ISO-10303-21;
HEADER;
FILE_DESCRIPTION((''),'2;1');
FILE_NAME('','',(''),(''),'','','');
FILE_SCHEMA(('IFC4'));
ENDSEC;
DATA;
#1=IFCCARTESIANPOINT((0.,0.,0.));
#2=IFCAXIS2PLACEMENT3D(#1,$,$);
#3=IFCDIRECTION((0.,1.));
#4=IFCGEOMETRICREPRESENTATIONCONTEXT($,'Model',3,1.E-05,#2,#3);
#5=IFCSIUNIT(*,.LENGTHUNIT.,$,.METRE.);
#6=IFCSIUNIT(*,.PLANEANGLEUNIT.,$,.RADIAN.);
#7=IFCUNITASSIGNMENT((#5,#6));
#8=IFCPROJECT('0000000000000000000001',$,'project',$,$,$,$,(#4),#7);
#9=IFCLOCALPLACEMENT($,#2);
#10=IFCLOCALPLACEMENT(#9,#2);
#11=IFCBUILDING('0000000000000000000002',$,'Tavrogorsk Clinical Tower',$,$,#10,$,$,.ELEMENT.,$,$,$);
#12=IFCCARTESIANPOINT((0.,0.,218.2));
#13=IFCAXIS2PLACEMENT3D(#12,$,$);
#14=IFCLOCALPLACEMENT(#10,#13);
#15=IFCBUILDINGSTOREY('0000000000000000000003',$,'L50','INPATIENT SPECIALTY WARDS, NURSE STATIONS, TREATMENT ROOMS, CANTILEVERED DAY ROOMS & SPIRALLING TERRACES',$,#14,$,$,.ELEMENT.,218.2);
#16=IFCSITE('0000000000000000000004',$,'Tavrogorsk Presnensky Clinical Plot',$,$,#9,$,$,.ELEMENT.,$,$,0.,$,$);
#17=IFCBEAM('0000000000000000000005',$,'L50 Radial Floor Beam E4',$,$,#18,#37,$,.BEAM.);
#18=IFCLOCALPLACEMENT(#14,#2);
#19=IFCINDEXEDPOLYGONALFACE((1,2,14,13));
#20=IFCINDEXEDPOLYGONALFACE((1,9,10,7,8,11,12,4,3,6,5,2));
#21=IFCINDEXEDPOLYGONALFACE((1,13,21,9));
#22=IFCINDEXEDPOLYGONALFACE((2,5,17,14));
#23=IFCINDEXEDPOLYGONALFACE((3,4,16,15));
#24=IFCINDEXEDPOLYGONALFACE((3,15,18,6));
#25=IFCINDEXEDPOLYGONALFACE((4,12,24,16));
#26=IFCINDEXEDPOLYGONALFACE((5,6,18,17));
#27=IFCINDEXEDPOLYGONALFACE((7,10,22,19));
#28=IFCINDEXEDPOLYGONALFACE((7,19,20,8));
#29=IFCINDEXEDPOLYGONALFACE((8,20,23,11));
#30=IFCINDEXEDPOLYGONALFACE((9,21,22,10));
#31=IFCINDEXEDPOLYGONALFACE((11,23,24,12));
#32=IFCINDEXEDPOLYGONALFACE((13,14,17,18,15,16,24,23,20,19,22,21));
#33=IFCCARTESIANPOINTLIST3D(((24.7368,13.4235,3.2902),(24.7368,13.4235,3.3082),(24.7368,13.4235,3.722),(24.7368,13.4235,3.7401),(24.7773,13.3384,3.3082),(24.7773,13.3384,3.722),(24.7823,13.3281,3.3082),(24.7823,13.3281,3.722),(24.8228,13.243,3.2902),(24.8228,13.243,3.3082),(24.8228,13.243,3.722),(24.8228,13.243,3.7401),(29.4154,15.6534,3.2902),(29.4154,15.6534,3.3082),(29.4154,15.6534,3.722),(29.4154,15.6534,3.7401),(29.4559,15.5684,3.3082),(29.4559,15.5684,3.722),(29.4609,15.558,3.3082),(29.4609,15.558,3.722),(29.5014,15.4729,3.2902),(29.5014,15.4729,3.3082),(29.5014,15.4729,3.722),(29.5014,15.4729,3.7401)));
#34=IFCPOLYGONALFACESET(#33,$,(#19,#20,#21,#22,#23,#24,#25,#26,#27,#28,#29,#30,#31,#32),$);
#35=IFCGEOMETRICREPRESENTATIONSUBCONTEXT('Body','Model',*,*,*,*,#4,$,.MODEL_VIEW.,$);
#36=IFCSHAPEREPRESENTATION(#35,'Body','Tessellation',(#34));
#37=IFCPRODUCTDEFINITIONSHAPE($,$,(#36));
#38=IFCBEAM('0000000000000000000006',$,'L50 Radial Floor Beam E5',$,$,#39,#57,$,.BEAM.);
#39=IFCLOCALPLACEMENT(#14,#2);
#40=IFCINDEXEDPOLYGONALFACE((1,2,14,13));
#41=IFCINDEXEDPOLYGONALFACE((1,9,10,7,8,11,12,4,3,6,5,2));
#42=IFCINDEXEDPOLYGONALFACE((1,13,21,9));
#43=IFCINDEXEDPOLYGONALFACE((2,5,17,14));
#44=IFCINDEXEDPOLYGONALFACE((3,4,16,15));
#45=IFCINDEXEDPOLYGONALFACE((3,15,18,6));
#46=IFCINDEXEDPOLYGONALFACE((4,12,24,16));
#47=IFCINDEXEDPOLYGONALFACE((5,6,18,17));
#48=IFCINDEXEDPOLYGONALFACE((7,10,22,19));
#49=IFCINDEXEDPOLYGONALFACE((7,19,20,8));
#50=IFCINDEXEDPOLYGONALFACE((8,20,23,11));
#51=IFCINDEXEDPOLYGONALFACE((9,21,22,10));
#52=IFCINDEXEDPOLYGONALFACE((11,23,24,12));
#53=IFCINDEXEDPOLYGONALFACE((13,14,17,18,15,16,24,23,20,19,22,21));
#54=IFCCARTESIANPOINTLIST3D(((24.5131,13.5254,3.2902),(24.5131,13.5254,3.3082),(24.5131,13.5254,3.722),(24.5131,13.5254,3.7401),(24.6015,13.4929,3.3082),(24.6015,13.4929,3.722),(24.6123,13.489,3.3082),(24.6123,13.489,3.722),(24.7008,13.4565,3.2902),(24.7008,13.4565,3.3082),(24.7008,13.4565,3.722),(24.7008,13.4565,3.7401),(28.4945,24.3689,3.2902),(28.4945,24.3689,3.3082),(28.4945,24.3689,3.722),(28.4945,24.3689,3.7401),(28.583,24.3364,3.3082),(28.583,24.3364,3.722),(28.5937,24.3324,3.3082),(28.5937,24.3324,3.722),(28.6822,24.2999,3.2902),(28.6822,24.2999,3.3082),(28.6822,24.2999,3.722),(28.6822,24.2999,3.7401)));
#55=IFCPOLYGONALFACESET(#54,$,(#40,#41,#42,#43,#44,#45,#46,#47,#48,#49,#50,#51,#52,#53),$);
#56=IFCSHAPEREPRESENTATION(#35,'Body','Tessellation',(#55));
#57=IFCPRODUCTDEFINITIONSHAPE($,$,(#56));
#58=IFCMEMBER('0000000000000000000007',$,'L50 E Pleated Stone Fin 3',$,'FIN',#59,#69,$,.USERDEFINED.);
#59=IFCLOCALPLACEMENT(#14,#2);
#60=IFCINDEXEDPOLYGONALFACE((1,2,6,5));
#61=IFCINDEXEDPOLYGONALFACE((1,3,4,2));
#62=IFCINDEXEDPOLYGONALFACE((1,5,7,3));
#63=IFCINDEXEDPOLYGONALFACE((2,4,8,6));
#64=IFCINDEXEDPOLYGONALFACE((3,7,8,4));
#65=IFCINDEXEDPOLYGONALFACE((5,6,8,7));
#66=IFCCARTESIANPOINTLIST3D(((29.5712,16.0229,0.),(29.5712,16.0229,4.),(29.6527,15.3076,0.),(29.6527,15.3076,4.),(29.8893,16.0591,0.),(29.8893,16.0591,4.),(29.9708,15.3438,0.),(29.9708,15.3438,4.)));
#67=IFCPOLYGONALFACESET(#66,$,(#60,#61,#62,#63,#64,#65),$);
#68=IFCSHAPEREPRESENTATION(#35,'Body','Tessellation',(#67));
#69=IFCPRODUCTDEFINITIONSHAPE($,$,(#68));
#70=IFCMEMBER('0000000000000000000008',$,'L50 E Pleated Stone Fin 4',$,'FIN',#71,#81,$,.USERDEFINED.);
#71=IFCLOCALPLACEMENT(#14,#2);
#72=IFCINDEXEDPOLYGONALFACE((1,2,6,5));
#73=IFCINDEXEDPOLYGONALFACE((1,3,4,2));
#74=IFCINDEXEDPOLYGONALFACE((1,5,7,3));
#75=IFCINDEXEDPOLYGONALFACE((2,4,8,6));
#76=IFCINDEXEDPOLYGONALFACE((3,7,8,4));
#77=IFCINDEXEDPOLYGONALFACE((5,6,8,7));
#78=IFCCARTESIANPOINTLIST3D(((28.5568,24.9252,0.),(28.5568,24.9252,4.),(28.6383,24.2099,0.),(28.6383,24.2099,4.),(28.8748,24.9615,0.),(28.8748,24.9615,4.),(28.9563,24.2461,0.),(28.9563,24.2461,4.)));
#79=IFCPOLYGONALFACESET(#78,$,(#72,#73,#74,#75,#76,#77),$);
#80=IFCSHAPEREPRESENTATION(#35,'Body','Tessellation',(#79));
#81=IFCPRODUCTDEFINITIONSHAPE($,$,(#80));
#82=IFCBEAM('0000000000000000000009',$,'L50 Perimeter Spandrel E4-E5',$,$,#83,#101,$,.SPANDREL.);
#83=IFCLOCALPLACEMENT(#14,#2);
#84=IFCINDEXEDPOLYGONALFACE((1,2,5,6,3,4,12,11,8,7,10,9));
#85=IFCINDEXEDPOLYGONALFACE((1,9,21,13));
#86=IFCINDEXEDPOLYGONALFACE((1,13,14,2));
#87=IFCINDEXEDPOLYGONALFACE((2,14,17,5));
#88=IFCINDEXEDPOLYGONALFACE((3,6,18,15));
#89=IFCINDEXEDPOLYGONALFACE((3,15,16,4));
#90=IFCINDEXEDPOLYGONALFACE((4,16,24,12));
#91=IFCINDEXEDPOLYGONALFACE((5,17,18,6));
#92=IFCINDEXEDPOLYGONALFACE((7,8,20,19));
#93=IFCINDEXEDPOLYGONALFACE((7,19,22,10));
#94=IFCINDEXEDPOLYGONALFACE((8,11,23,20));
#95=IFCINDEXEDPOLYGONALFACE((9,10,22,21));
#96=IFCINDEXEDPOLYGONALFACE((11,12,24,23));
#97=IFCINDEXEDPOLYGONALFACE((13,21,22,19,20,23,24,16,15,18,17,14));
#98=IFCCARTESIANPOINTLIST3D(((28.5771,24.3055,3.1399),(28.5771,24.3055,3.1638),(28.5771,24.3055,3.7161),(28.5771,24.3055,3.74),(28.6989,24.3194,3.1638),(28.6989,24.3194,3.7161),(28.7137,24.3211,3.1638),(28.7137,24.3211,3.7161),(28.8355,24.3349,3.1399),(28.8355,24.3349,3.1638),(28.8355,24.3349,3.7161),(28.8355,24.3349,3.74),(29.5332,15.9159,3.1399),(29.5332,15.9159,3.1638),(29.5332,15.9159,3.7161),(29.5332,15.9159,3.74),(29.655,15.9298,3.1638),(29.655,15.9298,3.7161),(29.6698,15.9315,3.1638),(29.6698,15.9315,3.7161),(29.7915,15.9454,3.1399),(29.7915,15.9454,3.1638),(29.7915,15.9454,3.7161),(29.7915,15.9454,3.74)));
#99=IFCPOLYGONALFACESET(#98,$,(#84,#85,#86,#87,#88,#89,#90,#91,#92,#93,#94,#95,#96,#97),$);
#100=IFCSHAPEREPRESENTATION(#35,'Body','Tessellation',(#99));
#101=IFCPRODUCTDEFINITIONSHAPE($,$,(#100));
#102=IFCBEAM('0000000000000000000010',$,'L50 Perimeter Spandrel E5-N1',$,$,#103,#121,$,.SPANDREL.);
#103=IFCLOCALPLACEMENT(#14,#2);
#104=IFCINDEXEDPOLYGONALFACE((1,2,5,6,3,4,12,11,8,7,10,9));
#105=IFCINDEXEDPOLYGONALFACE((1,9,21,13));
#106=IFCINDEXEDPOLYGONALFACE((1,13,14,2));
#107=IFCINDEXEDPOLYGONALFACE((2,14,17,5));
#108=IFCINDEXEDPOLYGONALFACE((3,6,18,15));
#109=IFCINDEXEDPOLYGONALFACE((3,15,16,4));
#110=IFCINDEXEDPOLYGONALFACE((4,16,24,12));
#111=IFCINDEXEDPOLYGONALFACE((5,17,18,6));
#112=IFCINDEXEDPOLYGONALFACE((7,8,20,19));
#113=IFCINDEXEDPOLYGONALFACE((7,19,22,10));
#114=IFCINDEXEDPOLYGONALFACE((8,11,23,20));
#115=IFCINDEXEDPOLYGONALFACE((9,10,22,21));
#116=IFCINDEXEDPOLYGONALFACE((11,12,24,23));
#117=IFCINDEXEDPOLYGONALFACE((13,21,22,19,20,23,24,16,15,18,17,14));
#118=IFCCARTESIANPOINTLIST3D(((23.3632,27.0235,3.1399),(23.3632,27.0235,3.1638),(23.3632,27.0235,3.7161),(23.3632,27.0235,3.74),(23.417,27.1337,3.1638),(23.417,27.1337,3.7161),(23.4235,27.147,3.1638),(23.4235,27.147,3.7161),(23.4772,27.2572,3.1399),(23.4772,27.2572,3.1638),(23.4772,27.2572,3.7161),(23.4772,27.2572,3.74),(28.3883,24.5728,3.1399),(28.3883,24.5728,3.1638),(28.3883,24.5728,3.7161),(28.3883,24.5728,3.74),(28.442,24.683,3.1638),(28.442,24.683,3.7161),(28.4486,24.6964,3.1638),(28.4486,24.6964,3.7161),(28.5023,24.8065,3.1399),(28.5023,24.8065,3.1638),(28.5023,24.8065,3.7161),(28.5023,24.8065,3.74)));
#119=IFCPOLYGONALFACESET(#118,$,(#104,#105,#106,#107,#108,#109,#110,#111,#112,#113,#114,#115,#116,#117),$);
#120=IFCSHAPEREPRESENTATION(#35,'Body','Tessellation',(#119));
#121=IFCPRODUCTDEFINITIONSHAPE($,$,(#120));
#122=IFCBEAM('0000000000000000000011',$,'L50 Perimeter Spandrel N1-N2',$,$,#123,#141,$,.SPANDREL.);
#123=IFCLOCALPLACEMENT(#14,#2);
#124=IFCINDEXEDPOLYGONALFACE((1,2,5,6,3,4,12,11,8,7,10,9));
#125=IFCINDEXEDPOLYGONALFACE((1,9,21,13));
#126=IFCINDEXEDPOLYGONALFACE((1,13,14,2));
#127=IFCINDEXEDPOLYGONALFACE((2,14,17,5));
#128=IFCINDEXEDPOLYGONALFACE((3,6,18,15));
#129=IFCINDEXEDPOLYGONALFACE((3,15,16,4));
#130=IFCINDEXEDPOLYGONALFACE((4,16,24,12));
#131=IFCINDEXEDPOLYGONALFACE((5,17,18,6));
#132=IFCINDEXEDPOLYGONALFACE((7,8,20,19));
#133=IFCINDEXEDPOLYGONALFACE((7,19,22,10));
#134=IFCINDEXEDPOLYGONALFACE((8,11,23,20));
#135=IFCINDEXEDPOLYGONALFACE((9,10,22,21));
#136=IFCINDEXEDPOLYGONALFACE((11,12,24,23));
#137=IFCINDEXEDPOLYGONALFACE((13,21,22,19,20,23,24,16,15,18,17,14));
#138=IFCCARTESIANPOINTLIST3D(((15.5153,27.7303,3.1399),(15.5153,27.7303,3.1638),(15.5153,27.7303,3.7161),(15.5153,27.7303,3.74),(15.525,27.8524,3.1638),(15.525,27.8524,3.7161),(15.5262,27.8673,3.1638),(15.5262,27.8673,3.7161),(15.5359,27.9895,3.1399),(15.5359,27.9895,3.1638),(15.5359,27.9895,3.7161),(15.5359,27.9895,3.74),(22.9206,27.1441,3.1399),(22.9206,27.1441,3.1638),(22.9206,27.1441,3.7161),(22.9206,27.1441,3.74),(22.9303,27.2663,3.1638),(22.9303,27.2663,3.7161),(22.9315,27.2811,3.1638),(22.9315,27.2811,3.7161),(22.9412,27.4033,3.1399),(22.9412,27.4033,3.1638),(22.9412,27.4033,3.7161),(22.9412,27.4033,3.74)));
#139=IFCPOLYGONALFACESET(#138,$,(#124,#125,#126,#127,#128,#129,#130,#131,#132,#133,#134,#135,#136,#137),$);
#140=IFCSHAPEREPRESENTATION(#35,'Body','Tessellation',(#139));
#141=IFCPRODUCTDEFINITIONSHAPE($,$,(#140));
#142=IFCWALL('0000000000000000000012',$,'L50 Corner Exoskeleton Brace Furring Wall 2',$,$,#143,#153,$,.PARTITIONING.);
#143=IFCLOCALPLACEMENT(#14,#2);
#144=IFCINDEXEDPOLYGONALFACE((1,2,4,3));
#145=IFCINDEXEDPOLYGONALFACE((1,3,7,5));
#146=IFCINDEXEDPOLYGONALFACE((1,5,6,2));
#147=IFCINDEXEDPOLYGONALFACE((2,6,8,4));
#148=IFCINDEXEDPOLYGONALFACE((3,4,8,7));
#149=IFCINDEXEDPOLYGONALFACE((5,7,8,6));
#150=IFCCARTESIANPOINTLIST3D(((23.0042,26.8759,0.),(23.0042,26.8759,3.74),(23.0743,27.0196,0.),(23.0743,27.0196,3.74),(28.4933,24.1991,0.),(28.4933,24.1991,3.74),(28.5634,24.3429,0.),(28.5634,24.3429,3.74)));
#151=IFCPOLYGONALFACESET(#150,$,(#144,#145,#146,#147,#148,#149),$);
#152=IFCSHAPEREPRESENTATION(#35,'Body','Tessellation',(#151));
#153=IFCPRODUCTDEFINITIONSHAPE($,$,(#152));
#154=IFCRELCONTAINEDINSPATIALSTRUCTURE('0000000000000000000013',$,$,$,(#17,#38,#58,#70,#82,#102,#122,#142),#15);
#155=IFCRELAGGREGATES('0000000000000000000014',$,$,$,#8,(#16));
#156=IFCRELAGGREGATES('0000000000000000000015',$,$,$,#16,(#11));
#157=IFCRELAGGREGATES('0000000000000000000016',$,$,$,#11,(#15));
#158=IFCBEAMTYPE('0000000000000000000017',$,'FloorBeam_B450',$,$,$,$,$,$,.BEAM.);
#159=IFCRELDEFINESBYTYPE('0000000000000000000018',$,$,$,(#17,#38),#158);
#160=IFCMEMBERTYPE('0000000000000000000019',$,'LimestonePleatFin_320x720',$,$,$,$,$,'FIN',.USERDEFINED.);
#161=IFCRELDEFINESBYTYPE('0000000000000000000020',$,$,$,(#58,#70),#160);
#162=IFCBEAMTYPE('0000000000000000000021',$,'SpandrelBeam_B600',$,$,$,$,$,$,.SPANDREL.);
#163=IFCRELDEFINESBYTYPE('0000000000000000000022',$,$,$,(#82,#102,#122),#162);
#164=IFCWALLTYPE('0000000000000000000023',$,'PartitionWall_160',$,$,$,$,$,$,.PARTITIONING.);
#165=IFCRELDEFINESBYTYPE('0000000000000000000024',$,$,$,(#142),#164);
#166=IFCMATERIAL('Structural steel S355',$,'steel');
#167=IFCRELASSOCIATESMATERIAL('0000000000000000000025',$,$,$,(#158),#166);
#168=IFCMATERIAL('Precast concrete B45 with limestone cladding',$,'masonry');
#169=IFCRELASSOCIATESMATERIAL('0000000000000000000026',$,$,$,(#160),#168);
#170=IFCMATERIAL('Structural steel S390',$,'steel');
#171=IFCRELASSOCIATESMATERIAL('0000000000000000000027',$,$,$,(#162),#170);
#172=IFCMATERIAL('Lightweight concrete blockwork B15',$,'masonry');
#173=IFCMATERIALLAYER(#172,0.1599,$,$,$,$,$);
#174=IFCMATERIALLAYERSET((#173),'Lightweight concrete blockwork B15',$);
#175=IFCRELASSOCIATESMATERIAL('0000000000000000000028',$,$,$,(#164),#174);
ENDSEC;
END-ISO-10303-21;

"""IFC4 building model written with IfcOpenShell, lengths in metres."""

from ifc_helpers import new_model, si_unit, direction, frame, frame_2d, origin, origin_2d, place, context, subcontext, project, spatial, rectangle, i_section, extrude, material, layer, layer_set, material_profile, profile_set, type_object, element, save


model = new_model("IFC4")

# Units and contexts
model_context = context("Model", 3, precision=1e-05, world=origin(), true_north=direction((0.0, 1.0)))
body_context = subcontext(model_context, "Body", "Model", "MODEL_VIEW")
ifc_project = project(units=[si_unit("LENGTHUNIT", "METRE"), si_unit("PLANEANGLEUNIT", "RADIAN")], contexts=[model_context])

# Site, building, storey
site_placement = place(None, origin())
site = spatial("IfcSite", under=ifc_project, at=site_placement, Name="Tavrogorsk Presnensky Clinical Plot", CompositionType="ELEMENT", RefElevation=0.0)
building_placement = place(site_placement, origin())
building = spatial("IfcBuilding", under=site, at=building_placement, Name="Tavrogorsk Clinical Tower", CompositionType="ELEMENT")
storey_placement = place(building_placement, frame((0.0, 0.0, 218.2)))
storey = spatial("IfcBuildingStorey", under=building, at=storey_placement, Name="L50", Description="INPATIENT SPECIALTY WARDS, NURSE STATIONS, TREATMENT ROOMS, CANTILEVERED DAY ROOMS & SPIRALLING TERRACES", CompositionType="ELEMENT", Elevation=218.2)

# Beams
ifc_material_1 = material(Name="Structural steel S355", Category="steel")
ifc_material_profile_1 = material_profile(ifc_material_1, i_section(OverallWidth=0.2, OverallDepth=0.45, WebThickness=0.0115, FlangeThickness=0.0181, at=origin_2d()), Name="B-450x200x11.5x18")
ifc_profile_set_1 = profile_set([ifc_material_profile_1], Name="Structural steel S355")
beam_type_1 = type_object("IfcBeamType", Name="FloorBeam_B450", PredefinedType="BEAM", material=ifc_profile_set_1)
beam_1_placement = place(storey_placement, frame((24.7798, 13.3333, 3.5151), z_axis=(0.902709, 0.430252, 0.0), x_axis=(-0.430252, 0.902709, 0.0)))
element("IfcBeam", 1, at=beam_1_placement, inside=storey, type_object=beam_type_1, Name="L50 Radial Floor Beam E4", PredefinedType="BEAM", context=body_context, shape_type="SweptSolid", body=[
    extrude(i_section(OverallWidth=0.2, OverallDepth=0.45, WebThickness=0.0115, FlangeThickness=0.0181, at=origin_2d()), origin(), (0.0, 0.0, 1.0), 5.1829),
])
beam_2_placement = place(storey_placement, frame((24.6069, 13.491, 3.5151), z_axis=(0.344674, 0.938723, 0.0), x_axis=(-0.938723, 0.344674, 0.0)))
element("IfcBeam", 2, at=beam_2_placement, inside=storey, type_object=beam_type_1, Name="L50 Radial Floor Beam E5", PredefinedType="BEAM", context=body_context, shape_type="SweptSolid", body=[
    extrude(i_section(OverallWidth=0.2, OverallDepth=0.45, WebThickness=0.0115, FlangeThickness=0.0181, at=origin_2d()), origin(), (0.0, 0.0, 1.0), 11.5513),
])

# Members
ifc_material_2 = material(Name="Precast concrete B45 with limestone cladding", Category="masonry")
ifc_material_profile_2 = material_profile(ifc_material_2, rectangle(XDim=0.3201, YDim=0.72, at=origin_2d()), Name="LIMESTONE-FIN-320x720")
ifc_profile_set_2 = profile_set([ifc_material_profile_2], Name="Precast concrete B45 with limestone cladding")
member_type_1 = type_object("IfcMemberType", Name="LimestonePleatFin_320x720", ElementType="FIN", PredefinedType="USERDEFINED", material=ifc_profile_set_2)
for number, where, z_axis, x_axis, name in (
    (3, (29.771, 15.6833, 0.0), (0.0, 0.0, 1.0), (0.993572, 0.113203, 0.0), "L50 E Pleated Stone Fin 3"),
    (4, (28.7566, 24.5857, 0.0), (0.0, 0.0, 1.0), (0.993572, 0.113203, 0.0), "L50 E Pleated Stone Fin 4"),
):
    element("IfcMember", number, at=place(storey_placement, frame(where, z_axis=z_axis, x_axis=x_axis)), inside=storey, type_object=member_type_1, Name=name, ObjectType="FIN", PredefinedType="USERDEFINED", context=body_context, shape_type="SweptSolid", body=[
        extrude(rectangle(XDim=0.3201, YDim=0.72, at=origin_2d()), origin(), (0.0, 0.0, 1.0), 4.0),
    ])

# Beams
ifc_material_3 = material(Name="Structural steel S390", Category="steel")
ifc_material_profile_3 = material_profile(ifc_material_3, i_section(OverallWidth=0.26, OverallDepth=0.6001, WebThickness=0.0149, FlangeThickness=0.0239, at=origin_2d()), Name="B-600x260x15x24")
ifc_profile_set_3 = profile_set([ifc_material_profile_3], Name="Structural steel S390")
beam_type_2 = type_object("IfcBeamType", Name="SpandrelBeam_B600", PredefinedType="SPANDREL", material=ifc_profile_set_3)
beam_3_placement = place(storey_placement, frame((29.6624, 15.9307, 3.4399), z_axis=(-0.113224, 0.99357, 0.0), x_axis=(-0.99357, -0.113224, 0.0)))
element("IfcBeam", 5, at=beam_3_placement, inside=storey, type_object=beam_type_2, Name="L50 Perimeter Spandrel E4-E5", PredefinedType="SPANDREL", context=body_context, shape_type="SweptSolid", body=[
    extrude(i_section(OverallWidth=0.26, OverallDepth=0.6001, WebThickness=0.0149, FlangeThickness=0.0239, at=origin_2d()), origin(), (0.0, 0.0, 1.0), 8.4438),
])
beam_4_placement = place(storey_placement, frame((28.4453, 24.6897, 3.4399), z_axis=(-0.898811, 0.438336, 0.0), x_axis=(-0.438336, -0.898811, 0.0)))
element("IfcBeam", 6, at=beam_4_placement, inside=storey, type_object=beam_type_2, Name="L50 Perimeter Spandrel E5-N1", PredefinedType="SPANDREL", context=body_context, shape_type="SweptSolid", body=[
    extrude(i_section(OverallWidth=0.26, OverallDepth=0.6001, WebThickness=0.0149, FlangeThickness=0.0239, at=origin_2d()), origin(), (0.0, 0.0, 1.0), 5.5908),
])
beam_5_placement = place(storey_placement, frame((22.9309, 27.2737, 3.4399), z_axis=(-0.996882, 0.07891, 0.0), x_axis=(-0.07891, -0.996882, 0.0)))
element("IfcBeam", 7, at=beam_5_placement, inside=storey, type_object=beam_type_2, Name="L50 Perimeter Spandrel N1-N2", PredefinedType="SPANDREL", context=body_context, shape_type="SweptSolid", body=[
    extrude(i_section(OverallWidth=0.26, OverallDepth=0.6001, WebThickness=0.0149, FlangeThickness=0.0239, at=origin_2d()), origin(), (0.0, 0.0, 1.0), 7.4285),
])

# Wall
ifc_material_4 = material(Name="Lightweight concrete blockwork B15", Category="masonry")
ifc_layer_1 = layer(ifc_material_4, 0.1599)
ifc_layer_set_1 = layer_set([ifc_layer_1], Name="Lightweight concrete blockwork B15")
wall_type_1 = type_object("IfcWallType", Name="PartitionWall_160", PredefinedType="PARTITIONING", material=ifc_layer_set_1)
wall_1_placement = place(storey_placement, frame((28.5283, 24.271, 0.0), z_axis=(0.0, 0.0, 1.0), x_axis=(-0.898821, 0.438317, 0.0)))
element("IfcWall", 8, at=wall_1_placement, inside=storey, type_object=wall_type_1, Name="L50 Corner Exoskeleton Brace Furring Wall 2", PredefinedType="PARTITIONING", context=body_context, shape_type="SweptSolid", body=[
    extrude(rectangle(XDim=6.1069, YDim=0.1599, at=frame_2d((3.0535, 0.0))), origin(), (0.0, 0.0, 1.0), 3.74),
])

save(model, "model.ifc")
